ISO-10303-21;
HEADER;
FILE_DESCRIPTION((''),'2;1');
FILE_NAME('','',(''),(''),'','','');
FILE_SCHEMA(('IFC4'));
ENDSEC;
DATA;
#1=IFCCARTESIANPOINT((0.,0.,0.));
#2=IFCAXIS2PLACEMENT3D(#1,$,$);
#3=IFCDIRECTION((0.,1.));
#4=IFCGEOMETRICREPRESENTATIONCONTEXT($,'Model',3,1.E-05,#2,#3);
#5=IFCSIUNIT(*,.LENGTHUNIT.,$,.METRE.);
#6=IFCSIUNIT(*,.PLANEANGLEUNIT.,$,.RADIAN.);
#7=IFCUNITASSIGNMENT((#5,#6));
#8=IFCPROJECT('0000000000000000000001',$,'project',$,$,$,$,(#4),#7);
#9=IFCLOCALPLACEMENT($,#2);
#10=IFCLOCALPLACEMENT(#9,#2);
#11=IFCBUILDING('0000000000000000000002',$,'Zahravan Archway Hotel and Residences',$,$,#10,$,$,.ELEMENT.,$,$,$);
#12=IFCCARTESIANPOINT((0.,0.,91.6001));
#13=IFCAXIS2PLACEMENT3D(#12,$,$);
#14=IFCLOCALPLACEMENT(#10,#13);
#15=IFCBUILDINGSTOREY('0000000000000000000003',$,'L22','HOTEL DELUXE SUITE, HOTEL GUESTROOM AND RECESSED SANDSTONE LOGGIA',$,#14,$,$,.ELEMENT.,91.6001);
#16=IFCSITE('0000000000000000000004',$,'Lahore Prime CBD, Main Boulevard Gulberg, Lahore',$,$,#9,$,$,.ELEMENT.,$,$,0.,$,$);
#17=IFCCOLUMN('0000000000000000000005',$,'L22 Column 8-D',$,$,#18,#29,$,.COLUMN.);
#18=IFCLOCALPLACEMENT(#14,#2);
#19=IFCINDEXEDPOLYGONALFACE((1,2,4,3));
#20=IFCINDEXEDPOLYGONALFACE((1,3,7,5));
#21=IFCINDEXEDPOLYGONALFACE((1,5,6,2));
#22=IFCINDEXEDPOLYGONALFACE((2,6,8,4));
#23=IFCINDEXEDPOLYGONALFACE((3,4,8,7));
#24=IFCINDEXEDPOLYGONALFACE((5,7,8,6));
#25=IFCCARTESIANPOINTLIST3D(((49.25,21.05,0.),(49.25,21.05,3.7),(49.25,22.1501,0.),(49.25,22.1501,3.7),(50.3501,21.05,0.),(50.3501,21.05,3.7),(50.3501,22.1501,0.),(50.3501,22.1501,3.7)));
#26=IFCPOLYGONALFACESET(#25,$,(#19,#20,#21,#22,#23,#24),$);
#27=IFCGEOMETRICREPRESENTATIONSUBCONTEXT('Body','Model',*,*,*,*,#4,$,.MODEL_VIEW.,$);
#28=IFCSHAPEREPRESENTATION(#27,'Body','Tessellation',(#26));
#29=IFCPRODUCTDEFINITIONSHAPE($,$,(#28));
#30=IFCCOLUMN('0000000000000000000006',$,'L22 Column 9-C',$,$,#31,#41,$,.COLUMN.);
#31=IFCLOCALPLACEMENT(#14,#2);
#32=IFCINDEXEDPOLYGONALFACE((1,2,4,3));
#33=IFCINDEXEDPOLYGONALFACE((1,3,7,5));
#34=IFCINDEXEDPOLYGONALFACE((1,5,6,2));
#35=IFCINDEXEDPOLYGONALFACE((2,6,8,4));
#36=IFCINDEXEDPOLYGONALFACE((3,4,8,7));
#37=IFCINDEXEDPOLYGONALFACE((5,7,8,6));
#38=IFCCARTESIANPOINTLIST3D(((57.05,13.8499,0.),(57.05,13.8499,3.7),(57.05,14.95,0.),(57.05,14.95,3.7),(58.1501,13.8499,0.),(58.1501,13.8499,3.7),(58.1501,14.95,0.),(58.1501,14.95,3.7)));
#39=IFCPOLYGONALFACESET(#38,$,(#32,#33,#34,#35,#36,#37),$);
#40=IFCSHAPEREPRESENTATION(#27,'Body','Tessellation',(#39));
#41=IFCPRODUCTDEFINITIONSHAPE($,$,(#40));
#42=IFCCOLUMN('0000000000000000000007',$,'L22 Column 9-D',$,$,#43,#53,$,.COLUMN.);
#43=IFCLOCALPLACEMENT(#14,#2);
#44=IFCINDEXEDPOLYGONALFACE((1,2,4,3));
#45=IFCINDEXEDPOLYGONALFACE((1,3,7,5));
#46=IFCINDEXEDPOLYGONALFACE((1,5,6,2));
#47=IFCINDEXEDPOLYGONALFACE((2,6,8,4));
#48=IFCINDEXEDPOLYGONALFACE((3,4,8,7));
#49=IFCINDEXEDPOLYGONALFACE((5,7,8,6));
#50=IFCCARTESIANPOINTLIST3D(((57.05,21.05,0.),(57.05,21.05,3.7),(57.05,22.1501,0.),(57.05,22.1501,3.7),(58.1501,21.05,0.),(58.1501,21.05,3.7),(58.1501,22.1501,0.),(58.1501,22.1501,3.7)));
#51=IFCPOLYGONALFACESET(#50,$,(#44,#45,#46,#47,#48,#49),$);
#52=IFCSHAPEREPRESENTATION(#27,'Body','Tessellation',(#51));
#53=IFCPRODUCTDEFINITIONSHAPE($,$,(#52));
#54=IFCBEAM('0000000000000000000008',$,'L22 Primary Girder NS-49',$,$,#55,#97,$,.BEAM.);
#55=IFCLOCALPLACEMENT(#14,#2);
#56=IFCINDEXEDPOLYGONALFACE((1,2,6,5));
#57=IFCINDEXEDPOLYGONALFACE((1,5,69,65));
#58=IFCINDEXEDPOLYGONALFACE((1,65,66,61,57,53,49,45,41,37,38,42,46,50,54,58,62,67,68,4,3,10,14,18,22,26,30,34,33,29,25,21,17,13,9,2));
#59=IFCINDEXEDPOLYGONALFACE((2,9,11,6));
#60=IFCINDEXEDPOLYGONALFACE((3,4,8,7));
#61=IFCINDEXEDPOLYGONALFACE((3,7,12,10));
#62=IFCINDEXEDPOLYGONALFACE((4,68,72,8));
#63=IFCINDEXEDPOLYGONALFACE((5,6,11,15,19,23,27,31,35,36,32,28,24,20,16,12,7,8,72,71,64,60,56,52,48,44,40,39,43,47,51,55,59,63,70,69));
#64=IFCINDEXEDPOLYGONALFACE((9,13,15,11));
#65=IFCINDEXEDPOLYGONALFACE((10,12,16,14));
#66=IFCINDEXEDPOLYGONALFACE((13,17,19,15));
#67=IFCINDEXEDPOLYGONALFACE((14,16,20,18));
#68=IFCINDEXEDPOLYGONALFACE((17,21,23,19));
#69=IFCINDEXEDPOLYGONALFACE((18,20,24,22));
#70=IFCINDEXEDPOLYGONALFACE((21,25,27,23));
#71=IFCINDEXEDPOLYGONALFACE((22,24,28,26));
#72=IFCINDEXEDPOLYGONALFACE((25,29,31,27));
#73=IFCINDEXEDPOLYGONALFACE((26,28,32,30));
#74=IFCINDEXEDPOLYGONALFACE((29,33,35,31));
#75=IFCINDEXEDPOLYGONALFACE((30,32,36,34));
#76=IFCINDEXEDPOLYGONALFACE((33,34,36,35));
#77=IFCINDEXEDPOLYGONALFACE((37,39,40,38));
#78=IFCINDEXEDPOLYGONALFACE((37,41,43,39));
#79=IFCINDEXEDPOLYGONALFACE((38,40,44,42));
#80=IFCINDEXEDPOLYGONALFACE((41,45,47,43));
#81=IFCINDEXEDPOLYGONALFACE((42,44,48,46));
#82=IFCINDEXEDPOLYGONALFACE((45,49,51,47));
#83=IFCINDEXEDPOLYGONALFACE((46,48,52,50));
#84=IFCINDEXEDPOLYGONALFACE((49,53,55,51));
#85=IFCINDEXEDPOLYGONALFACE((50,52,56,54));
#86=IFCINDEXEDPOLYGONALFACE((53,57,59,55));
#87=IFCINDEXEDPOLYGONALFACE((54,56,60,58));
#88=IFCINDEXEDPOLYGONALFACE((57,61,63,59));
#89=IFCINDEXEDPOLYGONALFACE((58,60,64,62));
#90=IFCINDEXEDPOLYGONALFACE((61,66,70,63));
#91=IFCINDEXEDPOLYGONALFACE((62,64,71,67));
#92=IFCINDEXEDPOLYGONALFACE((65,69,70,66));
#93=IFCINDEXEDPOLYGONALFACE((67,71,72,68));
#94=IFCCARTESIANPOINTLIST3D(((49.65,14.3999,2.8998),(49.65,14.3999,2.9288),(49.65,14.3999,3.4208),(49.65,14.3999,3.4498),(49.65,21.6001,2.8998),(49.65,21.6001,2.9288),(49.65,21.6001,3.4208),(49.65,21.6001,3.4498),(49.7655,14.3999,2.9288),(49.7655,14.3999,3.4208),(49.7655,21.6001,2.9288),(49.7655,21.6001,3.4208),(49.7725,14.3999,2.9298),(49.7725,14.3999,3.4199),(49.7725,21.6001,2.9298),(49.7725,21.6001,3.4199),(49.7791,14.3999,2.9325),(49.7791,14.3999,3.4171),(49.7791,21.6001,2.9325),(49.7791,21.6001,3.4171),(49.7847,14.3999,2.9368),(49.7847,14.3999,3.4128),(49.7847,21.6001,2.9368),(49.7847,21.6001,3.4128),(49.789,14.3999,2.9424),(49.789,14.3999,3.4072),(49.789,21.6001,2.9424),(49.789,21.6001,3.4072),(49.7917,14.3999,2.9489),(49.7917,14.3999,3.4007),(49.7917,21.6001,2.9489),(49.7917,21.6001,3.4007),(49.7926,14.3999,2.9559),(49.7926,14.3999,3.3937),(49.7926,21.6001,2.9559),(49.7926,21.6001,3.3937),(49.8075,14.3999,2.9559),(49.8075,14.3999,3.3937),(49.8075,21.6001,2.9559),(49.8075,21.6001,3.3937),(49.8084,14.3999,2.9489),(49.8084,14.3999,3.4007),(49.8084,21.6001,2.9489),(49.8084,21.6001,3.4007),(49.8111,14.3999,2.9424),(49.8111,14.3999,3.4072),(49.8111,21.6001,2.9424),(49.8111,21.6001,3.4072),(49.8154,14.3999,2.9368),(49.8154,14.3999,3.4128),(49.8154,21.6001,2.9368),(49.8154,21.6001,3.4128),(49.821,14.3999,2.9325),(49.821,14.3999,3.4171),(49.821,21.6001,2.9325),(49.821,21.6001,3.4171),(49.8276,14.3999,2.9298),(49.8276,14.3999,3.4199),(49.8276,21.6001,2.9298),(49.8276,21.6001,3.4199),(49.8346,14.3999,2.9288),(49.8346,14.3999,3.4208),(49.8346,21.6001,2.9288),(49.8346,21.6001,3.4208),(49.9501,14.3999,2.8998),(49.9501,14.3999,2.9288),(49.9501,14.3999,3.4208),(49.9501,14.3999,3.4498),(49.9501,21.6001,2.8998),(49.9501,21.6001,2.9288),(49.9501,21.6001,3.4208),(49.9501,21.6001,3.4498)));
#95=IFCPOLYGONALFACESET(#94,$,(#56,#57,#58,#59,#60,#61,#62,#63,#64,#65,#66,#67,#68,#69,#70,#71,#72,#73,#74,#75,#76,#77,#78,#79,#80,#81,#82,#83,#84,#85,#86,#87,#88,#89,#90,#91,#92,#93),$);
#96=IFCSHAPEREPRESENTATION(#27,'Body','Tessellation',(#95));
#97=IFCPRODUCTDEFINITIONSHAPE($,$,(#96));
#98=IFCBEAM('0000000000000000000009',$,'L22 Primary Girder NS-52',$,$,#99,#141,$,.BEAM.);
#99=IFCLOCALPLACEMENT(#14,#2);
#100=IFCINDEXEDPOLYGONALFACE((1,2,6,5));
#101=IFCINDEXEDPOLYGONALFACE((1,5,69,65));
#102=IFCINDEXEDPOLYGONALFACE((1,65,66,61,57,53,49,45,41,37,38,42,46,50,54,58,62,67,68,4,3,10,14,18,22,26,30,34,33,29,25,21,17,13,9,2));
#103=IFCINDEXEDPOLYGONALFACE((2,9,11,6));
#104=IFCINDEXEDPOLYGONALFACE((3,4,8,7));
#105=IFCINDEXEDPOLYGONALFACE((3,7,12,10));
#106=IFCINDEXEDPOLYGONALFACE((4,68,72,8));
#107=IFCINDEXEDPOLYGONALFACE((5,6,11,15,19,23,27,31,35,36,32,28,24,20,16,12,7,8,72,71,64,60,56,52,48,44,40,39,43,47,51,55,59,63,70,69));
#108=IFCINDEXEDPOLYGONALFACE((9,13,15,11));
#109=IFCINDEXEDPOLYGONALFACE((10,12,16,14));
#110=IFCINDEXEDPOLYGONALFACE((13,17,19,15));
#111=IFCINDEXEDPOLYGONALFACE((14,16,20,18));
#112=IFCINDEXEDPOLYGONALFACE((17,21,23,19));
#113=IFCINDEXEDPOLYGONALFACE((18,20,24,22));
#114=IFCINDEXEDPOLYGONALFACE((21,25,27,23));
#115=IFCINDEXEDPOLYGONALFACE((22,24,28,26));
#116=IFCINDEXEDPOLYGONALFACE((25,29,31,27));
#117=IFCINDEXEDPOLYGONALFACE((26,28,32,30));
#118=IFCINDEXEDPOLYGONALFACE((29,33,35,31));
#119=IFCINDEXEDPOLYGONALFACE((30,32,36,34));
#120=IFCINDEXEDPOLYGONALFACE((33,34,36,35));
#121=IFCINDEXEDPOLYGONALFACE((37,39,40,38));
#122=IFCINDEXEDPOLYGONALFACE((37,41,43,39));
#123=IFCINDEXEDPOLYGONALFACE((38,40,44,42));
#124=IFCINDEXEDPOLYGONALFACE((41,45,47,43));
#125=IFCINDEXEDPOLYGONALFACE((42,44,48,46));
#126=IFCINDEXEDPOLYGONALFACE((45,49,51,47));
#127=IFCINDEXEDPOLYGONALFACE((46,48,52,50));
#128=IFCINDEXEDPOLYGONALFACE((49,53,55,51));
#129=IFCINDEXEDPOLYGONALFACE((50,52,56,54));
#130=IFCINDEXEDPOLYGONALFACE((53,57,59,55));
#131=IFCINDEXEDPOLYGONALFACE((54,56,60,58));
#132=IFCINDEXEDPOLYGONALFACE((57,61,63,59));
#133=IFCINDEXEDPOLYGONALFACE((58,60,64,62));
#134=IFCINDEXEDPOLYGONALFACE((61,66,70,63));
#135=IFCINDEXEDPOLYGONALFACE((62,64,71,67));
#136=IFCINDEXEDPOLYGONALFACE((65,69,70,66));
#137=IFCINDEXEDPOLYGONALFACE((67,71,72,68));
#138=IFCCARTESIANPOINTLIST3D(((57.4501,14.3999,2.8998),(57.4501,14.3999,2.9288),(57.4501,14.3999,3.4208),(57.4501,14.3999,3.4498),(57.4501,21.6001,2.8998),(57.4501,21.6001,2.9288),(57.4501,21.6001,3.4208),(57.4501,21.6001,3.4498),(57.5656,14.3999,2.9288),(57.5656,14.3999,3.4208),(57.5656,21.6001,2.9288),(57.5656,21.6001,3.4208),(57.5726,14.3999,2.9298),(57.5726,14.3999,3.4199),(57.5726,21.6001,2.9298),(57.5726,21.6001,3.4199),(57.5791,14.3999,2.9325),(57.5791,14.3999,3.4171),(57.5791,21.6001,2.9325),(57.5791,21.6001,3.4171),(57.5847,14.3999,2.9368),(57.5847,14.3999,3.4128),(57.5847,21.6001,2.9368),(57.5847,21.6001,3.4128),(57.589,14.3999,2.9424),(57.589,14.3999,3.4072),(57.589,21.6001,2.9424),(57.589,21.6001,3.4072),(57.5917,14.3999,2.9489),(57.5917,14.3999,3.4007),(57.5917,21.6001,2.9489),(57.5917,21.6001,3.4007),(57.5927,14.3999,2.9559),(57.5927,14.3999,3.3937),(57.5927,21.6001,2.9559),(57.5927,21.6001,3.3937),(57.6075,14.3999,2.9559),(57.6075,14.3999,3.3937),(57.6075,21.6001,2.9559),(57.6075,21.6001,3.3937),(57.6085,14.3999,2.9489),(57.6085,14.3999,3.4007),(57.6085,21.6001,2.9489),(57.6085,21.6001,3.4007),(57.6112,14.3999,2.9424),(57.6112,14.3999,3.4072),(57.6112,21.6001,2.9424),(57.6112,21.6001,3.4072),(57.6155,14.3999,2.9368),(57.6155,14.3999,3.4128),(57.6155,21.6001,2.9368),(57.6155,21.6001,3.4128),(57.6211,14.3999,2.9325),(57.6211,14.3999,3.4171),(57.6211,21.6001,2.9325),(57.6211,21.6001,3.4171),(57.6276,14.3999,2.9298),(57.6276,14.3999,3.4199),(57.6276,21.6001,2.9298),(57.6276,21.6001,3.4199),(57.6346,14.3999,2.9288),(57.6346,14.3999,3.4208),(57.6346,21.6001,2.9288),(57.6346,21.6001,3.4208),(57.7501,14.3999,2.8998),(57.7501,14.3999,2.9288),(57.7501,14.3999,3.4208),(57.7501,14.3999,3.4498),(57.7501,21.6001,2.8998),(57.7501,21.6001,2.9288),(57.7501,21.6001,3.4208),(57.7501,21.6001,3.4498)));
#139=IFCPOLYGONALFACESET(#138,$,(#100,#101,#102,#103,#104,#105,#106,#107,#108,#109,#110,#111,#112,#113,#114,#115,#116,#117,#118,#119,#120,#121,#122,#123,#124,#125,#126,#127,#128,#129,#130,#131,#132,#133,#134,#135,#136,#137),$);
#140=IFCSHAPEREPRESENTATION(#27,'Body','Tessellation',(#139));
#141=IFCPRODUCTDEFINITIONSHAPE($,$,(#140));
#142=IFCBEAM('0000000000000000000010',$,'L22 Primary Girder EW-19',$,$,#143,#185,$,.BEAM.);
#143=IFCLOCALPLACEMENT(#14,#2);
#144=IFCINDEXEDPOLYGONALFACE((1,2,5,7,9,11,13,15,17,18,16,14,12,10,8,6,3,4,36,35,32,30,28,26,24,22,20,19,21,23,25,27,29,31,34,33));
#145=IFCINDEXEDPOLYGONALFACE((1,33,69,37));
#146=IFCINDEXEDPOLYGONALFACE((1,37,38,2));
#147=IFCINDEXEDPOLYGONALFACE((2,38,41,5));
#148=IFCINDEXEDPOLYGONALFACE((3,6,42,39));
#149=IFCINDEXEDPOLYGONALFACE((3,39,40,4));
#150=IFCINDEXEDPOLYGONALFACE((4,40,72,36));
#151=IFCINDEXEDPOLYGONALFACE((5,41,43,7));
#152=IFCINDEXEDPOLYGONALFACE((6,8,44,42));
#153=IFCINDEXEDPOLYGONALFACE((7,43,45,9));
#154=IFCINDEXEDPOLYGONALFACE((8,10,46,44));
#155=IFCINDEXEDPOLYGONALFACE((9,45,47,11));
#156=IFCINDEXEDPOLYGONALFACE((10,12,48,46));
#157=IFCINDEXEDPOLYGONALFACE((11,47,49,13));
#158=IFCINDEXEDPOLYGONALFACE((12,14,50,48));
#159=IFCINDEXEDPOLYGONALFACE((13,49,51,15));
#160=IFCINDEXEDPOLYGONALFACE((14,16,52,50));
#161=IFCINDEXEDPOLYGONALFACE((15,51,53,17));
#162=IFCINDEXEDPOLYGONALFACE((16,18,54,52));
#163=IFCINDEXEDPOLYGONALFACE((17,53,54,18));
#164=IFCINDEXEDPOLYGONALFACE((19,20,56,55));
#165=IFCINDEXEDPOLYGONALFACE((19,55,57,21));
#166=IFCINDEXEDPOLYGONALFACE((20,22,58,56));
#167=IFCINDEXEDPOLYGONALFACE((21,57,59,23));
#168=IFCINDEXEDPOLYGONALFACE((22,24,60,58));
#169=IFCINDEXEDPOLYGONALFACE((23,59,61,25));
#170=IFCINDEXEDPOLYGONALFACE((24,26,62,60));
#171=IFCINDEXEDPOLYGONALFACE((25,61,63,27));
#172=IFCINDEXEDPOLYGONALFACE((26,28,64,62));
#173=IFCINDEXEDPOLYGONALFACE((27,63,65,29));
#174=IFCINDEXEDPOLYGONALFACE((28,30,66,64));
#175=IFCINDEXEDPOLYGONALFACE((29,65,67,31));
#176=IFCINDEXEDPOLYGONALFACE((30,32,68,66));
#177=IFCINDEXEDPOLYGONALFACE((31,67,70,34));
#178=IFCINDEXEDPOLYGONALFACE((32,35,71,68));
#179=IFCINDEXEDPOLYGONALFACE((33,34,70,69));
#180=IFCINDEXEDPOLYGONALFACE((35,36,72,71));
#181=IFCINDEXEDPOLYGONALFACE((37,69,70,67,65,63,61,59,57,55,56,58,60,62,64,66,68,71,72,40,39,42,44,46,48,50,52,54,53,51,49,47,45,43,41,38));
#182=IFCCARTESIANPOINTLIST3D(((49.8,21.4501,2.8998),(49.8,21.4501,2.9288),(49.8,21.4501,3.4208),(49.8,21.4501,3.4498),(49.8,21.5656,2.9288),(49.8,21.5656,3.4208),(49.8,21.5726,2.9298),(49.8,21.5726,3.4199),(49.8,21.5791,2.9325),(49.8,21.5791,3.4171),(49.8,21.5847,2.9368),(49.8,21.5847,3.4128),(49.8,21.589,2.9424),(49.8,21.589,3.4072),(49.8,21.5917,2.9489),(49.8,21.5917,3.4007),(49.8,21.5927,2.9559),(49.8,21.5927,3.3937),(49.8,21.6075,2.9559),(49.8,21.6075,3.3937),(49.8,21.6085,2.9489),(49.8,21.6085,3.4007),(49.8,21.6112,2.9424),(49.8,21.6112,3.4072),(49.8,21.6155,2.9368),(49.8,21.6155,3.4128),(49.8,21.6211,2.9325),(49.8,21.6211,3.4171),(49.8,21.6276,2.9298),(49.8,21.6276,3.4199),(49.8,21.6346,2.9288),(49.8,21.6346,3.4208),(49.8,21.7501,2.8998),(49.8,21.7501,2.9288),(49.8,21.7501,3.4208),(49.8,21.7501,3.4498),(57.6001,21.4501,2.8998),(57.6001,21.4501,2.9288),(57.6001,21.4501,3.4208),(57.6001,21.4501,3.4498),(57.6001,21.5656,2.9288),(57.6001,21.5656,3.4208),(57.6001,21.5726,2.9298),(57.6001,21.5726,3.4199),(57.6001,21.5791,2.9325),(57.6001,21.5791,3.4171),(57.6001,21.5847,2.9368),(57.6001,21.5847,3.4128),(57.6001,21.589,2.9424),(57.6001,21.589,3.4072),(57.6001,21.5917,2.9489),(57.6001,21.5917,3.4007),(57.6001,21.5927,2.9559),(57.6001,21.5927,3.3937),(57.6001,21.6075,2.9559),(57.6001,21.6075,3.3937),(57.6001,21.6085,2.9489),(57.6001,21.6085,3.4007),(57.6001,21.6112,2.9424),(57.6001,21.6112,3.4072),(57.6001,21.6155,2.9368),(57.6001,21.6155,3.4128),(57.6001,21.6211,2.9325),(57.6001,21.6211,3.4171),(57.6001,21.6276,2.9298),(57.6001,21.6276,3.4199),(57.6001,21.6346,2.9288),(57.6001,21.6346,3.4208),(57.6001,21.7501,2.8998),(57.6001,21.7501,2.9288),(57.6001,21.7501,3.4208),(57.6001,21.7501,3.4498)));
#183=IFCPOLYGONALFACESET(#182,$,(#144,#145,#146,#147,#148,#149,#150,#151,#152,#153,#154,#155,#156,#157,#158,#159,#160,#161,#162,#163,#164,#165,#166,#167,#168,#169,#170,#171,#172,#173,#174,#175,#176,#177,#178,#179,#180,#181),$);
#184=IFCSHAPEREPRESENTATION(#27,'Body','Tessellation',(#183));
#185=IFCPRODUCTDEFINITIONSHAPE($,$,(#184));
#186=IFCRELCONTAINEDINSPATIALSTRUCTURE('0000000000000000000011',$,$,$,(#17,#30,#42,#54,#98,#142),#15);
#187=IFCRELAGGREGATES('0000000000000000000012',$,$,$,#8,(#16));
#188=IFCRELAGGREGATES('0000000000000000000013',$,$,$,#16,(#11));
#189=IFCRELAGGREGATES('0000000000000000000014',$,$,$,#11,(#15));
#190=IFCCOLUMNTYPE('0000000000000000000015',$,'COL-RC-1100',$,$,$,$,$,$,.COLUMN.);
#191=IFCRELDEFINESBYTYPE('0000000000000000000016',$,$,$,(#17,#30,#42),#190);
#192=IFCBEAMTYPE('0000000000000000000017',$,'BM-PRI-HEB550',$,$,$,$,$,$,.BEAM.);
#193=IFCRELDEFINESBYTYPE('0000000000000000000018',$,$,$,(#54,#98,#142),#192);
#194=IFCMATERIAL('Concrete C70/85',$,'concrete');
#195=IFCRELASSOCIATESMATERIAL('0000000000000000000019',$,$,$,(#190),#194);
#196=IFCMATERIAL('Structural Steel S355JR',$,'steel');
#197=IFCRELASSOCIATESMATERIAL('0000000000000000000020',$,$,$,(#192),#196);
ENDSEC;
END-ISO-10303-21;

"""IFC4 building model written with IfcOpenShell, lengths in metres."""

from ifc_helpers import new_model, si_unit, direction, frame, origin, origin_2d, place, context, subcontext, project, spatial, rectangle, i_section, extrude, source, transform, mapped, material, material_profile, profile_set, type_object, type_shapes, element, save


model = new_model("IFC4")

# Units and contexts
model_context = context("Model", 3, precision=1e-05, world=origin(), true_north=direction((0.0, 1.0)))
body_context = subcontext(model_context, "Body", "Model", "MODEL_VIEW")
ifc_project = project(units=[si_unit("LENGTHUNIT", "METRE"), si_unit("PLANEANGLEUNIT", "RADIAN")], contexts=[model_context])

# Site, building, storey
site_placement = place(None, origin())
site = spatial("IfcSite", under=ifc_project, at=site_placement, Name="Lahore Prime CBD, Main Boulevard Gulberg, Lahore", CompositionType="ELEMENT", RefElevation=0.0)
building_placement = place(site_placement, origin())
building = spatial("IfcBuilding", under=site, at=building_placement, Name="Zahravan Archway Hotel and Residences", CompositionType="ELEMENT")
storey_placement = place(building_placement, frame((0.0, 0.0, 91.6001)))
storey = spatial("IfcBuildingStorey", under=building, at=storey_placement, Name="L22", Description="HOTEL DELUXE SUITE, HOTEL GUESTROOM AND RECESSED SANDSTONE LOGGIA", CompositionType="ELEMENT", Elevation=91.6001)

# Columns
ifc_material_1 = material(Name="Concrete C70/85", Category="concrete")
ifc_material_profile_1 = material_profile(ifc_material_1, rectangle(XDim=1.1001, YDim=1.1001, at=origin_2d()), Name="RC 1100x1100", Category="concrete")
ifc_profile_set_1 = profile_set([ifc_material_profile_1], Name="Concrete C70/85")
column_type = type_object("IfcColumnType", Name="COL-RC-1100", PredefinedType="COLUMN", material=ifc_profile_set_1)
shared_shape_1 = source(origin(), body_context, "Body", "SweptSolid", [
    extrude(rectangle(XDim=1.1001, YDim=1.1001, at=origin_2d()), origin(), (0.0, 0.0, 1.0), 3.7),
])
for number, where, z_axis, x_axis, name in (
    (1, (49.8, 21.6001, 0.0), (0.0, 0.0, 1.0), (1.0, 0.0, 0.0), "L22 Column 8-D"),
    (2, (57.6001, 14.3999, 0.0), (0.0, 0.0, 1.0), (1.0, 0.0, 0.0), "L22 Column 9-C"),
    (3, (57.6001, 21.6001, 0.0), (0.0, 0.0, 1.0), (1.0, 0.0, 0.0), "L22 Column 9-D"),
):
    element("IfcColumn", number, at=place(storey_placement, frame(where, z_axis=z_axis, x_axis=x_axis)), inside=storey, type_object=column_type, Name=name, PredefinedType="COLUMN", context=body_context, shape_type="MappedRepresentation", body=[
        mapped(shared_shape_1, transform((0.0, 0.0, 0.0), scale=1.0)),
    ])

# Beams
ifc_material_2 = material(Name="Structural Steel S355JR", Category="steel")
ifc_material_profile_2 = material_profile(ifc_material_2, i_section(OverallWidth=0.3, OverallDepth=0.55, WebThickness=0.0149, FlangeThickness=0.0291, FilletRadius=0.0271, at=origin_2d()), Name="HEB 550", Category="steel")
ifc_profile_set_2 = profile_set([ifc_material_profile_2], Name="Structural Steel S355JR")
beam_type_1 = type_object("IfcBeamType", Name="BM-PRI-HEB550", PredefinedType="BEAM", material=ifc_profile_set_2)
shared_shape_2 = source(origin(), body_context, "Body", "SweptSolid", [
    extrude(i_section(OverallWidth=0.3, OverallDepth=0.55, WebThickness=0.0149, FlangeThickness=0.0291, FilletRadius=0.0271, at=origin_2d()), origin(), (0.0, 0.0, 1.0), 7.2002),
])
type_shapes(beam_type_1, [shared_shape_2])
for number, where, z_axis, x_axis, name in (
    (4, (49.8, 14.3999, 3.1748), (0.0, 1.0, 0.0), (-1.0, 0.0, 0.0), "L22 Primary Girder NS-49"),
    (5, (57.6001, 14.3999, 3.1748), (0.0, 1.0, 0.0), (-1.0, 0.0, 0.0), "L22 Primary Girder NS-52"),
):
    element("IfcBeam", number, at=place(storey_placement, frame(where, z_axis=z_axis, x_axis=x_axis)), inside=storey, type_object=beam_type_1, Name=name, PredefinedType="BEAM", context=body_context, shape_type="MappedRepresentation", body=[
        mapped(shared_shape_2, transform((0.0, 0.0, 0.0), scale=1.0)),
    ])
shared_shape_3 = source(origin(), body_context, "Body", "SweptSolid", [
    extrude(i_section(OverallWidth=0.3, OverallDepth=0.55, WebThickness=0.0149, FlangeThickness=0.0291, FilletRadius=0.0271, at=origin_2d()), origin(), (0.0, 0.0, 1.0), 7.8),
])
beam_1_placement = place(storey_placement, frame((49.8, 21.6001, 3.1748), z_axis=(1.0, 0.0, 0.0), x_axis=(0.0, 1.0, 0.0)))
element("IfcBeam", 6, at=beam_1_placement, inside=storey, type_object=beam_type_1, Name="L22 Primary Girder EW-19", PredefinedType="BEAM", context=body_context, shape_type="MappedRepresentation", body=[
    mapped(shared_shape_3, transform((0.0, 0.0, 0.0), scale=1.0)),
])

save(model, "model.ifc")
